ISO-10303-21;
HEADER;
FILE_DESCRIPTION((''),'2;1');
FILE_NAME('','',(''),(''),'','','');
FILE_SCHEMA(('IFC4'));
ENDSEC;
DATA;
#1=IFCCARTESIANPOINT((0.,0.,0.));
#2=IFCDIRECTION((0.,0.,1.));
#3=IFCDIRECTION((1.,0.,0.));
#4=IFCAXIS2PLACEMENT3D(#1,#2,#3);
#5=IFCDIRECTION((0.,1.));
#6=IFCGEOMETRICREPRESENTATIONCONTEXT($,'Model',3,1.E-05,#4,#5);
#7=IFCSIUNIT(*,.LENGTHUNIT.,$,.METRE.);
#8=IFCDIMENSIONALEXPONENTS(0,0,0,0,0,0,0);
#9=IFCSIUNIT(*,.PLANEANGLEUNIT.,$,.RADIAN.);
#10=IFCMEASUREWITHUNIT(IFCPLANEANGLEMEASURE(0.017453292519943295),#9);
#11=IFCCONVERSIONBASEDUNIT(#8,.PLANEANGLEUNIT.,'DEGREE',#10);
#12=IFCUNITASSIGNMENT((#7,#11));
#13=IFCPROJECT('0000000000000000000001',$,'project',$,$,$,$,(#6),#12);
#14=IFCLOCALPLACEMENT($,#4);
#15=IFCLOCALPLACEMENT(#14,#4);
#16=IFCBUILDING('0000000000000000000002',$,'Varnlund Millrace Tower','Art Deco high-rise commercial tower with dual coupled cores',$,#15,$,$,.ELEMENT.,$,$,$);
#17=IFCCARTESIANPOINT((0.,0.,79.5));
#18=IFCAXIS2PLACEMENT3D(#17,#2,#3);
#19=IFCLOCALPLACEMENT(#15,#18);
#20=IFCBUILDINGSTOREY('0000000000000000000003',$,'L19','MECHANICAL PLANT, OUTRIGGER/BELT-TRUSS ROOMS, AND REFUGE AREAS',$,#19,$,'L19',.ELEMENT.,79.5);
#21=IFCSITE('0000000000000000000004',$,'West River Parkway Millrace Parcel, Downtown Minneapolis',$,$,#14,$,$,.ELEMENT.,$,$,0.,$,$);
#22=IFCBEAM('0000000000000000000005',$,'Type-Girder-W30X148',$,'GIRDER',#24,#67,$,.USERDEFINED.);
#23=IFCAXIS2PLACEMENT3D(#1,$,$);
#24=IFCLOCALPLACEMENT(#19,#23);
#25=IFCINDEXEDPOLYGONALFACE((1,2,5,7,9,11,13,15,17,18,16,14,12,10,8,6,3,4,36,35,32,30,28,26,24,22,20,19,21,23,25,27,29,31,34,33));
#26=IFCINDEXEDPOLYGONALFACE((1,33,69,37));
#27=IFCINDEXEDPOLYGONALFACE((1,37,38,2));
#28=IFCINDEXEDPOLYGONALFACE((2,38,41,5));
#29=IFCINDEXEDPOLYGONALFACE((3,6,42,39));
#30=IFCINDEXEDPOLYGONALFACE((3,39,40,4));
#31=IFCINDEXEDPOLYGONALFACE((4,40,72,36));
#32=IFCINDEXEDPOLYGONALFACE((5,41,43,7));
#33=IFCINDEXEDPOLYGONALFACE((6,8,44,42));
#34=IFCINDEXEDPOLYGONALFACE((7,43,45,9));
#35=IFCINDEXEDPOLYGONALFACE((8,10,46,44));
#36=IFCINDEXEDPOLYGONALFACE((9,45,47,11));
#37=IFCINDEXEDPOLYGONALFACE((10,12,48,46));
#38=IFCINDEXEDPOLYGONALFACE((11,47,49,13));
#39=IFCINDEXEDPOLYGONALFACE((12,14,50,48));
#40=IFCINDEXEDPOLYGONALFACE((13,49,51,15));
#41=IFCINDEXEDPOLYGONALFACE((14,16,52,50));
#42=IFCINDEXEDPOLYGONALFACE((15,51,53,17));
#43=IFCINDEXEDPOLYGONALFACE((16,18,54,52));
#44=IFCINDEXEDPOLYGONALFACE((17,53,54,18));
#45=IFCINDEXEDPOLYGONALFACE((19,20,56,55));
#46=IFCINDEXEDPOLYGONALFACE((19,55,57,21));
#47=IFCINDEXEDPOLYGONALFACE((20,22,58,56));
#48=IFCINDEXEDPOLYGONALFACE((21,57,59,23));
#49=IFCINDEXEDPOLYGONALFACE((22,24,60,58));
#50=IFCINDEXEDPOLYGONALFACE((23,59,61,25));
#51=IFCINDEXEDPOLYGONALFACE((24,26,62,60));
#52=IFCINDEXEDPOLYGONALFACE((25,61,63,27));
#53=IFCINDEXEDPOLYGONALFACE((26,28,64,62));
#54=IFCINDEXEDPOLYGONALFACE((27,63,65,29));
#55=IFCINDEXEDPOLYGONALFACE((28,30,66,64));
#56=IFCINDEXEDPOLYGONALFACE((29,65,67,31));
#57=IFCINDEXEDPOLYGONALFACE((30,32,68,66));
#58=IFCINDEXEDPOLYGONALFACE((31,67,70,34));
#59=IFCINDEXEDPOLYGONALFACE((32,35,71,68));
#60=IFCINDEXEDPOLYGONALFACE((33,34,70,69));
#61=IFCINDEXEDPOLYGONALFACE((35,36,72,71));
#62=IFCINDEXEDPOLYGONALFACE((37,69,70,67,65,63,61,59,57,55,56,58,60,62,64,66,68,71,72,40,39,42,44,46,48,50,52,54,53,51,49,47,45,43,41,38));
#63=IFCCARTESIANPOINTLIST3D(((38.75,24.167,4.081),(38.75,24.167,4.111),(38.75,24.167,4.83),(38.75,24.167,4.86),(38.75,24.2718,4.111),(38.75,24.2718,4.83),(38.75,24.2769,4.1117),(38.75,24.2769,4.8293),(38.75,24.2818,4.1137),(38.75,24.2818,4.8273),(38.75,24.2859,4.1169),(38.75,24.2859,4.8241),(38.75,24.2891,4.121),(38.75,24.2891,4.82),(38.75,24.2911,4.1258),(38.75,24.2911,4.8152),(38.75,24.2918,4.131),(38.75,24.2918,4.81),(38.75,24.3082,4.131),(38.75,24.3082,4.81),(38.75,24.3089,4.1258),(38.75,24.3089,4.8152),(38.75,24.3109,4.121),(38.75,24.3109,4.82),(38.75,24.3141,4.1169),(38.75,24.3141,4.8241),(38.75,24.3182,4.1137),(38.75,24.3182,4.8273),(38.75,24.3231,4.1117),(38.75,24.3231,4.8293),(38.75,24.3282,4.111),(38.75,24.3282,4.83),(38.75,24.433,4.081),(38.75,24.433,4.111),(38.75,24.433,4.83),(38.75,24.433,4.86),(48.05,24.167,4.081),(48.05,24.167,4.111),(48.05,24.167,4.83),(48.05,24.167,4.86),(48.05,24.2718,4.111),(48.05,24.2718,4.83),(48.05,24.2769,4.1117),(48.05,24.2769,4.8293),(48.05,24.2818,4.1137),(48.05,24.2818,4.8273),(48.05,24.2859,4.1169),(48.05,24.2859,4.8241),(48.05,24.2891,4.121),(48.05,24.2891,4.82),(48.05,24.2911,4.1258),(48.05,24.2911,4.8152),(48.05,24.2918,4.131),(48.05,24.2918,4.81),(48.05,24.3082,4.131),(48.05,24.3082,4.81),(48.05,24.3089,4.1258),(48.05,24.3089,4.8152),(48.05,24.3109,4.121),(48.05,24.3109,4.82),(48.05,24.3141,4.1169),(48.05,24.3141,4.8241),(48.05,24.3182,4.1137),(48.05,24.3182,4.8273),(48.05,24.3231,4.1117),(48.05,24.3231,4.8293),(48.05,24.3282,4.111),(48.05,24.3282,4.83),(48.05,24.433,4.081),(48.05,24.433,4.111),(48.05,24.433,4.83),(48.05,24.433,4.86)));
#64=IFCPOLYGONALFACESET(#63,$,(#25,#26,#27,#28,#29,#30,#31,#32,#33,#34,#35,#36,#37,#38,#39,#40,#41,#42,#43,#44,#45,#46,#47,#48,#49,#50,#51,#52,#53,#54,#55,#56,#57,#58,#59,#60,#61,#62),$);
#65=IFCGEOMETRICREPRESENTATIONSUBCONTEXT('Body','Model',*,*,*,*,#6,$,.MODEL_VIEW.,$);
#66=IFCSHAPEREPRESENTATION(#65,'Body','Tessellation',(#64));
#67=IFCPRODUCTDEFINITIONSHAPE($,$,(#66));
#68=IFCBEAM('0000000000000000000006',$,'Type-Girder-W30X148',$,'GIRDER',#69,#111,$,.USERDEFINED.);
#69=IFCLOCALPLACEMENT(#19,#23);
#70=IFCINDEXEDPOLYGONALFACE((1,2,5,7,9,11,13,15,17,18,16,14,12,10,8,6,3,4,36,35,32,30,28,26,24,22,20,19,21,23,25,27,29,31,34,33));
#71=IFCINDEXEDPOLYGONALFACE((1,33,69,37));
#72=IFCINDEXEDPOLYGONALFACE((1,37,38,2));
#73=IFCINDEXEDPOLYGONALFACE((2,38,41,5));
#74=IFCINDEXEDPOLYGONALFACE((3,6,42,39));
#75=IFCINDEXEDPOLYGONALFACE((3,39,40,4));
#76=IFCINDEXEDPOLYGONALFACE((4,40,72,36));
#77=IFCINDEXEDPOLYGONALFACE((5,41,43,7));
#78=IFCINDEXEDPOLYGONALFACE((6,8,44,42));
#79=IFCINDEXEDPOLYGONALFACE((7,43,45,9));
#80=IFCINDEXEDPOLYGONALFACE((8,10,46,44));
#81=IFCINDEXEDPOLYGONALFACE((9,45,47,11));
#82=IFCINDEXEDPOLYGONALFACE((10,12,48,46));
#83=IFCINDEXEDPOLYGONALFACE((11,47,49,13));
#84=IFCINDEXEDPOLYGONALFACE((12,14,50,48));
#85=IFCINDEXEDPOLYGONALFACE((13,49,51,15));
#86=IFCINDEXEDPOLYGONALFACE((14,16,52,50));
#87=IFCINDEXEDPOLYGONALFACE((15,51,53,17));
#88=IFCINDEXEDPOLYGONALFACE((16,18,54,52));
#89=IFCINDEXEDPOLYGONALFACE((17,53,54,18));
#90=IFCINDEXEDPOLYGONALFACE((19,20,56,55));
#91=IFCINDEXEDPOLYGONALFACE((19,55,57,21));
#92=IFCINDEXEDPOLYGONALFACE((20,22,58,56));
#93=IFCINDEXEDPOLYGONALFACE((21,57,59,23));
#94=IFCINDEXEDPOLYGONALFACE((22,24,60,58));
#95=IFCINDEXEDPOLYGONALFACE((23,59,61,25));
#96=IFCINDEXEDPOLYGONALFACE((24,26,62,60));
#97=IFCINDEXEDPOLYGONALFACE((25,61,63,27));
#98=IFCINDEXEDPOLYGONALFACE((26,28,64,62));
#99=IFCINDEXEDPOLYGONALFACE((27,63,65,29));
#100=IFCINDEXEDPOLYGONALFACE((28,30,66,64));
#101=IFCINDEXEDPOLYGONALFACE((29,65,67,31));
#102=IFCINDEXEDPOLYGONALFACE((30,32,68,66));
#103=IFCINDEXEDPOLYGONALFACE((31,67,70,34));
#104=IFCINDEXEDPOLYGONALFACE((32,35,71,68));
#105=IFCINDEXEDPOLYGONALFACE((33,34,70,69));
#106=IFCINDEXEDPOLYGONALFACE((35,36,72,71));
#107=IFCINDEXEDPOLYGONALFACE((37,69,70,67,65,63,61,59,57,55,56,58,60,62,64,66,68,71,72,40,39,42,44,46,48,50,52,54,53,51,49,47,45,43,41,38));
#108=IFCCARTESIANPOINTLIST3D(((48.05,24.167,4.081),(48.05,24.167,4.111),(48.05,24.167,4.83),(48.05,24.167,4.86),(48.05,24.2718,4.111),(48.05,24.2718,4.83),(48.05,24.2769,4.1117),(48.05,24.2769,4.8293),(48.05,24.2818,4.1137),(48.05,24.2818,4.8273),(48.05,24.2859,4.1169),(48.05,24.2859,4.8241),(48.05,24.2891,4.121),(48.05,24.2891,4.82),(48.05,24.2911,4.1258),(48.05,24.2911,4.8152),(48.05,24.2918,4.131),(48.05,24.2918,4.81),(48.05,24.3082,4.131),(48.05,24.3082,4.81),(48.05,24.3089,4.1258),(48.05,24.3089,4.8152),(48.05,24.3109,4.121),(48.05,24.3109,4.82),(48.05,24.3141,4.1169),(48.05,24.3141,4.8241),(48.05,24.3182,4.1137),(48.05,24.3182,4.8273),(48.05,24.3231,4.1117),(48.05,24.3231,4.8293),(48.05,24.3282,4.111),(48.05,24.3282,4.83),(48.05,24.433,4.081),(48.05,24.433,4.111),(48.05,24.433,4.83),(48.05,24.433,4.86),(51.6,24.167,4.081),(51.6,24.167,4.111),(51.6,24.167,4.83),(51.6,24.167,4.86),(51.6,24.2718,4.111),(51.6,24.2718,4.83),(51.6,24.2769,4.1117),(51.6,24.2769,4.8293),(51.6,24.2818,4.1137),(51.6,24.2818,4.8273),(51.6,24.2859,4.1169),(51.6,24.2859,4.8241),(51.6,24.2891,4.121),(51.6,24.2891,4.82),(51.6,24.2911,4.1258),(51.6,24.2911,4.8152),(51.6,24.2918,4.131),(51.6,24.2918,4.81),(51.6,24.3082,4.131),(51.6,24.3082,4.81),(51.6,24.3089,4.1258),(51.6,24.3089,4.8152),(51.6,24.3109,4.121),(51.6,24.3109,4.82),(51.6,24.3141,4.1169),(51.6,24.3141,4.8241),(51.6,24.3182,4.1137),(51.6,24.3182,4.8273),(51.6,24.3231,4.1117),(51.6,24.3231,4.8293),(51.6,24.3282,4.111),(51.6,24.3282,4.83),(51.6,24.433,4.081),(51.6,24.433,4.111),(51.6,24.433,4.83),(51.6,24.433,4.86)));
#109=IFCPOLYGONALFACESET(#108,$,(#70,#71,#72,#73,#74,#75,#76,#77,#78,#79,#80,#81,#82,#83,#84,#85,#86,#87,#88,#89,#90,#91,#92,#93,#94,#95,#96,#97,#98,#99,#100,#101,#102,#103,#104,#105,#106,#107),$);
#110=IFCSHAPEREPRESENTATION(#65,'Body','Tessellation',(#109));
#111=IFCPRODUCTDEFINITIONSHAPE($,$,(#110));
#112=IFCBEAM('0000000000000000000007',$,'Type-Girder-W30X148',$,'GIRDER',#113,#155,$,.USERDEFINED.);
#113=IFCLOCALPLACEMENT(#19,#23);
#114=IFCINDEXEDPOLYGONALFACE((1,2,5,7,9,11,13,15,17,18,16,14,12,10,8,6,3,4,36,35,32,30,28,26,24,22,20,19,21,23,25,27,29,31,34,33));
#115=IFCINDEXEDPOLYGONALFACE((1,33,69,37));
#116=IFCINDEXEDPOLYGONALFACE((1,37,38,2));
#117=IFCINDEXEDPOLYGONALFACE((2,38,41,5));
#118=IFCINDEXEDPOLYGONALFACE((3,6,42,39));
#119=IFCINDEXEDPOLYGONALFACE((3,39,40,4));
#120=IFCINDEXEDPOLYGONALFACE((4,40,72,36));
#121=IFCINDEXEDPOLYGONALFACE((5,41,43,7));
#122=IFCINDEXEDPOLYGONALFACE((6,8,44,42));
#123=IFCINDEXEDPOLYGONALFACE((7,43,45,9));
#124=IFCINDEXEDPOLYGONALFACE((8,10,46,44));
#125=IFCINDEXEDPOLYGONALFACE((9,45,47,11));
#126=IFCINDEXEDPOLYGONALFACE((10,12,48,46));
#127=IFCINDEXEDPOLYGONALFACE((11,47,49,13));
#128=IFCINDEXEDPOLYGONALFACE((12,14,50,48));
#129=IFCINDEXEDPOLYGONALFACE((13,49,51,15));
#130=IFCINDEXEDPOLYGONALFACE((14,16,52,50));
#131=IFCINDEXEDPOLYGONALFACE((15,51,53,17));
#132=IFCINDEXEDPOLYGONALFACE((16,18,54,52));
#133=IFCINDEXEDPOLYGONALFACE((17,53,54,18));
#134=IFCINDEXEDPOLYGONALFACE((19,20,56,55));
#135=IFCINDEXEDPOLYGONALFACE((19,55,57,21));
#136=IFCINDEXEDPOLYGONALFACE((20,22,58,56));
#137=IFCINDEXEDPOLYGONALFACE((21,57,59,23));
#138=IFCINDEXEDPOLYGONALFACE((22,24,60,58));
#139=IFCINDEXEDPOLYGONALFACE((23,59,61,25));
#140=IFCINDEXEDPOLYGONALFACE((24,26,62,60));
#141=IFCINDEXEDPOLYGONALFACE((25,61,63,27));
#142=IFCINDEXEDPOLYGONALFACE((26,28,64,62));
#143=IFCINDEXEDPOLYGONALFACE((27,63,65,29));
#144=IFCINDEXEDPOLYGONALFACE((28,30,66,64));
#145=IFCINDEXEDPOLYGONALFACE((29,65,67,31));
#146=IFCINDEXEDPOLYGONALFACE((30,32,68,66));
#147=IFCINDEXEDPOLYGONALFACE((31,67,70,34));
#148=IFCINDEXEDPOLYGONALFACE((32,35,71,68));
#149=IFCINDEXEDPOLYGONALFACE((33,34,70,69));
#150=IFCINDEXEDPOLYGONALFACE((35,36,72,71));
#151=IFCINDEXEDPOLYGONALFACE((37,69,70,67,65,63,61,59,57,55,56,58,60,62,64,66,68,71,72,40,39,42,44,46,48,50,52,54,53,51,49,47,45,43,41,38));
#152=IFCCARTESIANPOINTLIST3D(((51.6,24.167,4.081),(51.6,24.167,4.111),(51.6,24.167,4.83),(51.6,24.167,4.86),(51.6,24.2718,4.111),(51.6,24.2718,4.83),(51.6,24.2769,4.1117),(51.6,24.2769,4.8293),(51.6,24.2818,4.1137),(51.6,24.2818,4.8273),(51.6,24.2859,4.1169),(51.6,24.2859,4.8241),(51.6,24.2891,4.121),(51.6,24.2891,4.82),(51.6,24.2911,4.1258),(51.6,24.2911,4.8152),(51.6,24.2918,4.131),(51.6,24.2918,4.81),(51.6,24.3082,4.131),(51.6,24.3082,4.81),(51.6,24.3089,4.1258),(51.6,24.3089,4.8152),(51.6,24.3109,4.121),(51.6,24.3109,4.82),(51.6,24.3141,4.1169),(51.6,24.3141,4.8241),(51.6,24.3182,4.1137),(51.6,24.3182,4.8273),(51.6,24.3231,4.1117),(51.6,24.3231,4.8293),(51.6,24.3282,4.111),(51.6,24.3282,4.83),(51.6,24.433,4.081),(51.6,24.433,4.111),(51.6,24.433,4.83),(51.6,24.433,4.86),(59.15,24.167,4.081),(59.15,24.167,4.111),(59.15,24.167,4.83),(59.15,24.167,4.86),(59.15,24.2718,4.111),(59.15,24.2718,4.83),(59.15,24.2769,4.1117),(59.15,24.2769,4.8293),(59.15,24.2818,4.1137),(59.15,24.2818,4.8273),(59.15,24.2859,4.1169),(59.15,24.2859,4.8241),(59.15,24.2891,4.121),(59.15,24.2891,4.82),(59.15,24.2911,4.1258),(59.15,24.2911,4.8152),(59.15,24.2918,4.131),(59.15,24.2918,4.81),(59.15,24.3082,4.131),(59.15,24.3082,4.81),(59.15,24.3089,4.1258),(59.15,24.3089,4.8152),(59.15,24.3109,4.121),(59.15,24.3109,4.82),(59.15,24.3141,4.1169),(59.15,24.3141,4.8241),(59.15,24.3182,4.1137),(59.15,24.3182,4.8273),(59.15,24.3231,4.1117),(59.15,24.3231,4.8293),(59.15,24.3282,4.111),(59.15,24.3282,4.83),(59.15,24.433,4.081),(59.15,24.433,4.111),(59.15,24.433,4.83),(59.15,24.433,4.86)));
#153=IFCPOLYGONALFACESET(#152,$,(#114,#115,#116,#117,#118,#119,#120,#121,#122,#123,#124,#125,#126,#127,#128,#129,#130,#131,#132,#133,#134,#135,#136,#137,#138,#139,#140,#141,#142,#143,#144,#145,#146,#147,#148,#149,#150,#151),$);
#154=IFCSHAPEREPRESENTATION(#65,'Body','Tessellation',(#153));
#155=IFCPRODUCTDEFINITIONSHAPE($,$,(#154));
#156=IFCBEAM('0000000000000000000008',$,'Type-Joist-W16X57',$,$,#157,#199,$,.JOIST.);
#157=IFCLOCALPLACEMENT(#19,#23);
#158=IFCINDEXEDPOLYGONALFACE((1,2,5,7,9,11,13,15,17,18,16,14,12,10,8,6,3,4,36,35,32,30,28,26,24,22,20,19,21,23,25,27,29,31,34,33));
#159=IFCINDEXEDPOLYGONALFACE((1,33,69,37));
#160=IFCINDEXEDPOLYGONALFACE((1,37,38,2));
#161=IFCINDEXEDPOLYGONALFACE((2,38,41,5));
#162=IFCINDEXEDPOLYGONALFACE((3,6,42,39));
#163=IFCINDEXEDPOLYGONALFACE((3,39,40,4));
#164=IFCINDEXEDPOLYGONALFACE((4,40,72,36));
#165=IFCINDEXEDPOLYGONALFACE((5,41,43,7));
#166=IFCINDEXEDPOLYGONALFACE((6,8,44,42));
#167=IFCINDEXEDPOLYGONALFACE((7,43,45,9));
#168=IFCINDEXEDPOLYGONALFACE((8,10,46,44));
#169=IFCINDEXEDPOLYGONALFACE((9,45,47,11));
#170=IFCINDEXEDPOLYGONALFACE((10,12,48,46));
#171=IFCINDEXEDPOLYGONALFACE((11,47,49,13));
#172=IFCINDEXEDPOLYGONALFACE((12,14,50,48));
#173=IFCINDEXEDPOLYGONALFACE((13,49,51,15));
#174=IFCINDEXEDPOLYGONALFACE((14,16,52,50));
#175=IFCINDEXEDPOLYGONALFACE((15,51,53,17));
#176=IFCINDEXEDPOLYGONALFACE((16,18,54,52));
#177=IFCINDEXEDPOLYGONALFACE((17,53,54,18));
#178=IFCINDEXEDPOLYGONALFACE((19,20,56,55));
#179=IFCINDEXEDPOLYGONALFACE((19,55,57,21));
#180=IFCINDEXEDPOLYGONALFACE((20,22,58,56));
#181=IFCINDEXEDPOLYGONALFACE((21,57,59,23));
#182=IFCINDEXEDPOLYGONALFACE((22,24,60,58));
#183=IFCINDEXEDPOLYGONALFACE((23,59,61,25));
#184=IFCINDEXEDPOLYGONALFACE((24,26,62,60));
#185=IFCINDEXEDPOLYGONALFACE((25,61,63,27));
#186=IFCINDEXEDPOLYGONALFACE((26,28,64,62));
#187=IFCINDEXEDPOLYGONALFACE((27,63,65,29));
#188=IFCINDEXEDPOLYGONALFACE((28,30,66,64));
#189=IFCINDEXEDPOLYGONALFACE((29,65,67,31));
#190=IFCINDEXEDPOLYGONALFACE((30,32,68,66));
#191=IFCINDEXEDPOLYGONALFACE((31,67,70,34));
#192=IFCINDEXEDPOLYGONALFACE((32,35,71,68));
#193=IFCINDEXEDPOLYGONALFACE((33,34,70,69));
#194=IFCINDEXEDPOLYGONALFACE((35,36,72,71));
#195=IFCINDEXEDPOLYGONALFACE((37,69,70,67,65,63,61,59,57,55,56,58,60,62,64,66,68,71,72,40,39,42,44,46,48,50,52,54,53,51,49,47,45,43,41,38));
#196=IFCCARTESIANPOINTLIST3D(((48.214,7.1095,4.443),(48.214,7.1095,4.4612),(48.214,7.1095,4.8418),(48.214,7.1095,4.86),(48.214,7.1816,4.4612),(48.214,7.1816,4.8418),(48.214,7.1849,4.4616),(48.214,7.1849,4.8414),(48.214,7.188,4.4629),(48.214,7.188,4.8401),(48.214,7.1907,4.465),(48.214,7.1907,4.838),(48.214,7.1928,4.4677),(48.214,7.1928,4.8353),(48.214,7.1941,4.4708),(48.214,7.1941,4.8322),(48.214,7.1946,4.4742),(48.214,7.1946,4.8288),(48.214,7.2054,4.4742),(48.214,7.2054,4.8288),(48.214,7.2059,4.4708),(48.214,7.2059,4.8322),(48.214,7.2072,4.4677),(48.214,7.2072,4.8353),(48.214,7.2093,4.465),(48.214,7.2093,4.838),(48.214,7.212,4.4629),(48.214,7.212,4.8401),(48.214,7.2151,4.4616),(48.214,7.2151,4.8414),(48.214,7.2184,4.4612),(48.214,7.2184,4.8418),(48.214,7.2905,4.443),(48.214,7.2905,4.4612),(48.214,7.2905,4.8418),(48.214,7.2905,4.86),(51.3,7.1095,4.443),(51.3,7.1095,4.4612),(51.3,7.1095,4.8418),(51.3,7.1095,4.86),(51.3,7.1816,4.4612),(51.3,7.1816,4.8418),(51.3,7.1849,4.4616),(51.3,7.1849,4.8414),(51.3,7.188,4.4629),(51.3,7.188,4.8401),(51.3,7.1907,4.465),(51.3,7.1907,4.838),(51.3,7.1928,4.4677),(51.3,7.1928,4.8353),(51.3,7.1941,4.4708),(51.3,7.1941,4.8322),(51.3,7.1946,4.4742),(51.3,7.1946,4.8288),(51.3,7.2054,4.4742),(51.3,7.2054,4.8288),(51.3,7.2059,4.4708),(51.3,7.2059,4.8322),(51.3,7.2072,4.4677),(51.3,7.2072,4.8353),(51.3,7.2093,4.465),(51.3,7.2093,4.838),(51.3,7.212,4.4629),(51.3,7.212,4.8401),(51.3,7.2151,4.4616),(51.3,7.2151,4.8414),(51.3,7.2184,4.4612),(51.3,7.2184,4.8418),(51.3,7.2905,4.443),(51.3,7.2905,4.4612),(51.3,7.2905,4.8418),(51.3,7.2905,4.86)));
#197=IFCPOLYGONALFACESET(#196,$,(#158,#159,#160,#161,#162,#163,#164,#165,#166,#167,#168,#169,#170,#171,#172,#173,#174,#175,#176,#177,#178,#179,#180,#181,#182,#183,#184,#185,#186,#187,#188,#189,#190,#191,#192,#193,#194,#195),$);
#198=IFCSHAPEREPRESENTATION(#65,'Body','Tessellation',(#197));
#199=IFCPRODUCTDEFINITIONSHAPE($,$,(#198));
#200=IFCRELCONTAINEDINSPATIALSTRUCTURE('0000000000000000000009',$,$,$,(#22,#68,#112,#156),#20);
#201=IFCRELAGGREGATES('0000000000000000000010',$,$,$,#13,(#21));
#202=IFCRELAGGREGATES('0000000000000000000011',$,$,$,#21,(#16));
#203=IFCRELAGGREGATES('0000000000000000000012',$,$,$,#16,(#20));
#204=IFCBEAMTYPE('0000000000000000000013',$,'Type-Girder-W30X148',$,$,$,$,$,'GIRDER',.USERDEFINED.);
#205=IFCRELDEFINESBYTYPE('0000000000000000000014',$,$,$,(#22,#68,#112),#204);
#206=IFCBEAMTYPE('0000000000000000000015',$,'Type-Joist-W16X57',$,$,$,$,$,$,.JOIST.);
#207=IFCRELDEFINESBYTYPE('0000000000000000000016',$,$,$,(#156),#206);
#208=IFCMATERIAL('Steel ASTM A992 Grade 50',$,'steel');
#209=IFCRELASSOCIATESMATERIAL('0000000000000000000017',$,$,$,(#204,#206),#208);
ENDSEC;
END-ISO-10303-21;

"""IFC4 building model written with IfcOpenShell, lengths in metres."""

from ifc_helpers import new_model, entity, si_unit, converted_unit, direction, frame, origin_with_axes, origin_2d_with_axis, place, context, subcontext, project, spatial, i_section, extrude, material, material_profile, profile_set, type_object, element, save


model = new_model("IFC4")

# Units and contexts
model_context = context("Model", 3, precision=1e-05, world=origin_with_axes(), true_north=direction((0.0, 1.0)))
body_context = subcontext(model_context, "Body", "Model", "MODEL_VIEW")
ifc_project = project(units=[si_unit("LENGTHUNIT", "METRE"), converted_unit("PLANEANGLEUNIT", "DEGREE", entity("IfcPlaneAngleMeasure", 0.017453292519943295), si_unit("PLANEANGLEUNIT", "RADIAN"), dimensions=[0, 0, 0, 0, 0, 0, 0])], contexts=[model_context])

# Site, building, storey
site_placement = place(None, origin_with_axes())
site = spatial("IfcSite", under=ifc_project, at=site_placement, Name="West River Parkway Millrace Parcel, Downtown Minneapolis", CompositionType="ELEMENT", RefElevation=0.0)
building_placement = place(site_placement, origin_with_axes())
building = spatial("IfcBuilding", under=site, at=building_placement, Name="Varnlund Millrace Tower", Description="Art Deco high-rise commercial tower with dual coupled cores", CompositionType="ELEMENT")
storey_placement = place(building_placement, frame((0.0, 0.0, 79.5), z_axis=(0.0, 0.0, 1.0), x_axis=(1.0, 0.0, 0.0)))
storey = spatial("IfcBuildingStorey", under=building, at=storey_placement, Name="L19", Description="MECHANICAL PLANT, OUTRIGGER/BELT-TRUSS ROOMS, AND REFUGE AREAS", LongName="L19", CompositionType="ELEMENT", Elevation=79.5)

# Beams
ifc_material_1 = material(Name="Steel ASTM A992 Grade 50", Category="steel")
ifc_material_profile_1 = material_profile(ifc_material_1, i_section(OverallWidth=0.266, OverallDepth=0.779, WebThickness=0.0165, FlangeThickness=0.03, FilletRadius=0.02, at=origin_2d_with_axis()), Name="Steel ASTM A992 Grade 50")
ifc_profile_set_1 = profile_set([ifc_material_profile_1], Name="Steel ASTM A992 Grade 50")
beam_type_1 = type_object("IfcBeamType", Name="Type-Girder-W30X148", ElementType="GIRDER", PredefinedType="USERDEFINED", material=ifc_profile_set_1)
beam_1_placement = place(storey_placement, frame((38.75, 24.3, 4.4705), z_axis=(1.0, 0.0, 0.0), x_axis=(0.0, 1.0, 0.0)))
element("IfcBeam", 1, at=beam_1_placement, inside=storey, type_object=beam_type_1, Name="Type-Girder-W30X148", ObjectType="GIRDER", PredefinedType="USERDEFINED", context=body_context, shape_type="SweptSolid", body=[
    extrude(i_section(OverallWidth=0.266, OverallDepth=0.779, WebThickness=0.0165, FlangeThickness=0.03, FilletRadius=0.02, at=origin_2d_with_axis()), origin_with_axes(), (0.0, 0.0, 1.0), 9.3),
])
beam_2_placement = place(storey_placement, frame((48.05, 24.3, 4.4705), z_axis=(1.0, 0.0, 0.0), x_axis=(0.0, 1.0, 0.0)))
element("IfcBeam", 2, at=beam_2_placement, inside=storey, type_object=beam_type_1, Name="Type-Girder-W30X148", ObjectType="GIRDER", PredefinedType="USERDEFINED", context=body_context, shape_type="SweptSolid", body=[
    extrude(i_section(OverallWidth=0.266, OverallDepth=0.779, WebThickness=0.0165, FlangeThickness=0.03, FilletRadius=0.02, at=origin_2d_with_axis()), origin_with_axes(), (0.0, 0.0, 1.0), 3.55),
])
beam_3_placement = place(storey_placement, frame((51.6, 24.3, 4.4705), z_axis=(1.0, 0.0, 0.0), x_axis=(0.0, 1.0, 0.0)))
element("IfcBeam", 3, at=beam_3_placement, inside=storey, type_object=beam_type_1, Name="Type-Girder-W30X148", ObjectType="GIRDER", PredefinedType="USERDEFINED", context=body_context, shape_type="SweptSolid", body=[
    extrude(i_section(OverallWidth=0.266, OverallDepth=0.779, WebThickness=0.0165, FlangeThickness=0.03, FilletRadius=0.02, at=origin_2d_with_axis()), origin_with_axes(), (0.0, 0.0, 1.0), 7.55),
])
ifc_material_profile_2 = material_profile(ifc_material_1, i_section(OverallWidth=0.181, OverallDepth=0.417, WebThickness=0.0109, FlangeThickness=0.0182, FilletRadius=0.013, at=origin_2d_with_axis()), Name="Steel ASTM A992 Grade 50")
ifc_profile_set_2 = profile_set([ifc_material_profile_2], Name="Steel ASTM A992 Grade 50")
beam_type_2 = type_object("IfcBeamType", Name="Type-Joist-W16X57", PredefinedType="JOIST", material=ifc_profile_set_2)
for number, where, z_axis, x_axis, name in (
    (4, (48.214, 7.2, 4.6515), (1.0, 0.0, 0.0), (0.0, 1.0, 0.0), "Type-Joist-W16X57"),
):
    element("IfcBeam", number, at=place(storey_placement, frame(where, z_axis=z_axis, x_axis=x_axis)), inside=storey, type_object=beam_type_2, Name=name, PredefinedType="JOIST", context=body_context, shape_type="SweptSolid", body=[
        extrude(i_section(OverallWidth=0.181, OverallDepth=0.417, WebThickness=0.0109, FlangeThickness=0.0182, FilletRadius=0.013, at=origin_2d_with_axis()), origin_with_axes(), (0.0, 0.0, 1.0), 3.086),
    ])

save(model, "model.ifc")
